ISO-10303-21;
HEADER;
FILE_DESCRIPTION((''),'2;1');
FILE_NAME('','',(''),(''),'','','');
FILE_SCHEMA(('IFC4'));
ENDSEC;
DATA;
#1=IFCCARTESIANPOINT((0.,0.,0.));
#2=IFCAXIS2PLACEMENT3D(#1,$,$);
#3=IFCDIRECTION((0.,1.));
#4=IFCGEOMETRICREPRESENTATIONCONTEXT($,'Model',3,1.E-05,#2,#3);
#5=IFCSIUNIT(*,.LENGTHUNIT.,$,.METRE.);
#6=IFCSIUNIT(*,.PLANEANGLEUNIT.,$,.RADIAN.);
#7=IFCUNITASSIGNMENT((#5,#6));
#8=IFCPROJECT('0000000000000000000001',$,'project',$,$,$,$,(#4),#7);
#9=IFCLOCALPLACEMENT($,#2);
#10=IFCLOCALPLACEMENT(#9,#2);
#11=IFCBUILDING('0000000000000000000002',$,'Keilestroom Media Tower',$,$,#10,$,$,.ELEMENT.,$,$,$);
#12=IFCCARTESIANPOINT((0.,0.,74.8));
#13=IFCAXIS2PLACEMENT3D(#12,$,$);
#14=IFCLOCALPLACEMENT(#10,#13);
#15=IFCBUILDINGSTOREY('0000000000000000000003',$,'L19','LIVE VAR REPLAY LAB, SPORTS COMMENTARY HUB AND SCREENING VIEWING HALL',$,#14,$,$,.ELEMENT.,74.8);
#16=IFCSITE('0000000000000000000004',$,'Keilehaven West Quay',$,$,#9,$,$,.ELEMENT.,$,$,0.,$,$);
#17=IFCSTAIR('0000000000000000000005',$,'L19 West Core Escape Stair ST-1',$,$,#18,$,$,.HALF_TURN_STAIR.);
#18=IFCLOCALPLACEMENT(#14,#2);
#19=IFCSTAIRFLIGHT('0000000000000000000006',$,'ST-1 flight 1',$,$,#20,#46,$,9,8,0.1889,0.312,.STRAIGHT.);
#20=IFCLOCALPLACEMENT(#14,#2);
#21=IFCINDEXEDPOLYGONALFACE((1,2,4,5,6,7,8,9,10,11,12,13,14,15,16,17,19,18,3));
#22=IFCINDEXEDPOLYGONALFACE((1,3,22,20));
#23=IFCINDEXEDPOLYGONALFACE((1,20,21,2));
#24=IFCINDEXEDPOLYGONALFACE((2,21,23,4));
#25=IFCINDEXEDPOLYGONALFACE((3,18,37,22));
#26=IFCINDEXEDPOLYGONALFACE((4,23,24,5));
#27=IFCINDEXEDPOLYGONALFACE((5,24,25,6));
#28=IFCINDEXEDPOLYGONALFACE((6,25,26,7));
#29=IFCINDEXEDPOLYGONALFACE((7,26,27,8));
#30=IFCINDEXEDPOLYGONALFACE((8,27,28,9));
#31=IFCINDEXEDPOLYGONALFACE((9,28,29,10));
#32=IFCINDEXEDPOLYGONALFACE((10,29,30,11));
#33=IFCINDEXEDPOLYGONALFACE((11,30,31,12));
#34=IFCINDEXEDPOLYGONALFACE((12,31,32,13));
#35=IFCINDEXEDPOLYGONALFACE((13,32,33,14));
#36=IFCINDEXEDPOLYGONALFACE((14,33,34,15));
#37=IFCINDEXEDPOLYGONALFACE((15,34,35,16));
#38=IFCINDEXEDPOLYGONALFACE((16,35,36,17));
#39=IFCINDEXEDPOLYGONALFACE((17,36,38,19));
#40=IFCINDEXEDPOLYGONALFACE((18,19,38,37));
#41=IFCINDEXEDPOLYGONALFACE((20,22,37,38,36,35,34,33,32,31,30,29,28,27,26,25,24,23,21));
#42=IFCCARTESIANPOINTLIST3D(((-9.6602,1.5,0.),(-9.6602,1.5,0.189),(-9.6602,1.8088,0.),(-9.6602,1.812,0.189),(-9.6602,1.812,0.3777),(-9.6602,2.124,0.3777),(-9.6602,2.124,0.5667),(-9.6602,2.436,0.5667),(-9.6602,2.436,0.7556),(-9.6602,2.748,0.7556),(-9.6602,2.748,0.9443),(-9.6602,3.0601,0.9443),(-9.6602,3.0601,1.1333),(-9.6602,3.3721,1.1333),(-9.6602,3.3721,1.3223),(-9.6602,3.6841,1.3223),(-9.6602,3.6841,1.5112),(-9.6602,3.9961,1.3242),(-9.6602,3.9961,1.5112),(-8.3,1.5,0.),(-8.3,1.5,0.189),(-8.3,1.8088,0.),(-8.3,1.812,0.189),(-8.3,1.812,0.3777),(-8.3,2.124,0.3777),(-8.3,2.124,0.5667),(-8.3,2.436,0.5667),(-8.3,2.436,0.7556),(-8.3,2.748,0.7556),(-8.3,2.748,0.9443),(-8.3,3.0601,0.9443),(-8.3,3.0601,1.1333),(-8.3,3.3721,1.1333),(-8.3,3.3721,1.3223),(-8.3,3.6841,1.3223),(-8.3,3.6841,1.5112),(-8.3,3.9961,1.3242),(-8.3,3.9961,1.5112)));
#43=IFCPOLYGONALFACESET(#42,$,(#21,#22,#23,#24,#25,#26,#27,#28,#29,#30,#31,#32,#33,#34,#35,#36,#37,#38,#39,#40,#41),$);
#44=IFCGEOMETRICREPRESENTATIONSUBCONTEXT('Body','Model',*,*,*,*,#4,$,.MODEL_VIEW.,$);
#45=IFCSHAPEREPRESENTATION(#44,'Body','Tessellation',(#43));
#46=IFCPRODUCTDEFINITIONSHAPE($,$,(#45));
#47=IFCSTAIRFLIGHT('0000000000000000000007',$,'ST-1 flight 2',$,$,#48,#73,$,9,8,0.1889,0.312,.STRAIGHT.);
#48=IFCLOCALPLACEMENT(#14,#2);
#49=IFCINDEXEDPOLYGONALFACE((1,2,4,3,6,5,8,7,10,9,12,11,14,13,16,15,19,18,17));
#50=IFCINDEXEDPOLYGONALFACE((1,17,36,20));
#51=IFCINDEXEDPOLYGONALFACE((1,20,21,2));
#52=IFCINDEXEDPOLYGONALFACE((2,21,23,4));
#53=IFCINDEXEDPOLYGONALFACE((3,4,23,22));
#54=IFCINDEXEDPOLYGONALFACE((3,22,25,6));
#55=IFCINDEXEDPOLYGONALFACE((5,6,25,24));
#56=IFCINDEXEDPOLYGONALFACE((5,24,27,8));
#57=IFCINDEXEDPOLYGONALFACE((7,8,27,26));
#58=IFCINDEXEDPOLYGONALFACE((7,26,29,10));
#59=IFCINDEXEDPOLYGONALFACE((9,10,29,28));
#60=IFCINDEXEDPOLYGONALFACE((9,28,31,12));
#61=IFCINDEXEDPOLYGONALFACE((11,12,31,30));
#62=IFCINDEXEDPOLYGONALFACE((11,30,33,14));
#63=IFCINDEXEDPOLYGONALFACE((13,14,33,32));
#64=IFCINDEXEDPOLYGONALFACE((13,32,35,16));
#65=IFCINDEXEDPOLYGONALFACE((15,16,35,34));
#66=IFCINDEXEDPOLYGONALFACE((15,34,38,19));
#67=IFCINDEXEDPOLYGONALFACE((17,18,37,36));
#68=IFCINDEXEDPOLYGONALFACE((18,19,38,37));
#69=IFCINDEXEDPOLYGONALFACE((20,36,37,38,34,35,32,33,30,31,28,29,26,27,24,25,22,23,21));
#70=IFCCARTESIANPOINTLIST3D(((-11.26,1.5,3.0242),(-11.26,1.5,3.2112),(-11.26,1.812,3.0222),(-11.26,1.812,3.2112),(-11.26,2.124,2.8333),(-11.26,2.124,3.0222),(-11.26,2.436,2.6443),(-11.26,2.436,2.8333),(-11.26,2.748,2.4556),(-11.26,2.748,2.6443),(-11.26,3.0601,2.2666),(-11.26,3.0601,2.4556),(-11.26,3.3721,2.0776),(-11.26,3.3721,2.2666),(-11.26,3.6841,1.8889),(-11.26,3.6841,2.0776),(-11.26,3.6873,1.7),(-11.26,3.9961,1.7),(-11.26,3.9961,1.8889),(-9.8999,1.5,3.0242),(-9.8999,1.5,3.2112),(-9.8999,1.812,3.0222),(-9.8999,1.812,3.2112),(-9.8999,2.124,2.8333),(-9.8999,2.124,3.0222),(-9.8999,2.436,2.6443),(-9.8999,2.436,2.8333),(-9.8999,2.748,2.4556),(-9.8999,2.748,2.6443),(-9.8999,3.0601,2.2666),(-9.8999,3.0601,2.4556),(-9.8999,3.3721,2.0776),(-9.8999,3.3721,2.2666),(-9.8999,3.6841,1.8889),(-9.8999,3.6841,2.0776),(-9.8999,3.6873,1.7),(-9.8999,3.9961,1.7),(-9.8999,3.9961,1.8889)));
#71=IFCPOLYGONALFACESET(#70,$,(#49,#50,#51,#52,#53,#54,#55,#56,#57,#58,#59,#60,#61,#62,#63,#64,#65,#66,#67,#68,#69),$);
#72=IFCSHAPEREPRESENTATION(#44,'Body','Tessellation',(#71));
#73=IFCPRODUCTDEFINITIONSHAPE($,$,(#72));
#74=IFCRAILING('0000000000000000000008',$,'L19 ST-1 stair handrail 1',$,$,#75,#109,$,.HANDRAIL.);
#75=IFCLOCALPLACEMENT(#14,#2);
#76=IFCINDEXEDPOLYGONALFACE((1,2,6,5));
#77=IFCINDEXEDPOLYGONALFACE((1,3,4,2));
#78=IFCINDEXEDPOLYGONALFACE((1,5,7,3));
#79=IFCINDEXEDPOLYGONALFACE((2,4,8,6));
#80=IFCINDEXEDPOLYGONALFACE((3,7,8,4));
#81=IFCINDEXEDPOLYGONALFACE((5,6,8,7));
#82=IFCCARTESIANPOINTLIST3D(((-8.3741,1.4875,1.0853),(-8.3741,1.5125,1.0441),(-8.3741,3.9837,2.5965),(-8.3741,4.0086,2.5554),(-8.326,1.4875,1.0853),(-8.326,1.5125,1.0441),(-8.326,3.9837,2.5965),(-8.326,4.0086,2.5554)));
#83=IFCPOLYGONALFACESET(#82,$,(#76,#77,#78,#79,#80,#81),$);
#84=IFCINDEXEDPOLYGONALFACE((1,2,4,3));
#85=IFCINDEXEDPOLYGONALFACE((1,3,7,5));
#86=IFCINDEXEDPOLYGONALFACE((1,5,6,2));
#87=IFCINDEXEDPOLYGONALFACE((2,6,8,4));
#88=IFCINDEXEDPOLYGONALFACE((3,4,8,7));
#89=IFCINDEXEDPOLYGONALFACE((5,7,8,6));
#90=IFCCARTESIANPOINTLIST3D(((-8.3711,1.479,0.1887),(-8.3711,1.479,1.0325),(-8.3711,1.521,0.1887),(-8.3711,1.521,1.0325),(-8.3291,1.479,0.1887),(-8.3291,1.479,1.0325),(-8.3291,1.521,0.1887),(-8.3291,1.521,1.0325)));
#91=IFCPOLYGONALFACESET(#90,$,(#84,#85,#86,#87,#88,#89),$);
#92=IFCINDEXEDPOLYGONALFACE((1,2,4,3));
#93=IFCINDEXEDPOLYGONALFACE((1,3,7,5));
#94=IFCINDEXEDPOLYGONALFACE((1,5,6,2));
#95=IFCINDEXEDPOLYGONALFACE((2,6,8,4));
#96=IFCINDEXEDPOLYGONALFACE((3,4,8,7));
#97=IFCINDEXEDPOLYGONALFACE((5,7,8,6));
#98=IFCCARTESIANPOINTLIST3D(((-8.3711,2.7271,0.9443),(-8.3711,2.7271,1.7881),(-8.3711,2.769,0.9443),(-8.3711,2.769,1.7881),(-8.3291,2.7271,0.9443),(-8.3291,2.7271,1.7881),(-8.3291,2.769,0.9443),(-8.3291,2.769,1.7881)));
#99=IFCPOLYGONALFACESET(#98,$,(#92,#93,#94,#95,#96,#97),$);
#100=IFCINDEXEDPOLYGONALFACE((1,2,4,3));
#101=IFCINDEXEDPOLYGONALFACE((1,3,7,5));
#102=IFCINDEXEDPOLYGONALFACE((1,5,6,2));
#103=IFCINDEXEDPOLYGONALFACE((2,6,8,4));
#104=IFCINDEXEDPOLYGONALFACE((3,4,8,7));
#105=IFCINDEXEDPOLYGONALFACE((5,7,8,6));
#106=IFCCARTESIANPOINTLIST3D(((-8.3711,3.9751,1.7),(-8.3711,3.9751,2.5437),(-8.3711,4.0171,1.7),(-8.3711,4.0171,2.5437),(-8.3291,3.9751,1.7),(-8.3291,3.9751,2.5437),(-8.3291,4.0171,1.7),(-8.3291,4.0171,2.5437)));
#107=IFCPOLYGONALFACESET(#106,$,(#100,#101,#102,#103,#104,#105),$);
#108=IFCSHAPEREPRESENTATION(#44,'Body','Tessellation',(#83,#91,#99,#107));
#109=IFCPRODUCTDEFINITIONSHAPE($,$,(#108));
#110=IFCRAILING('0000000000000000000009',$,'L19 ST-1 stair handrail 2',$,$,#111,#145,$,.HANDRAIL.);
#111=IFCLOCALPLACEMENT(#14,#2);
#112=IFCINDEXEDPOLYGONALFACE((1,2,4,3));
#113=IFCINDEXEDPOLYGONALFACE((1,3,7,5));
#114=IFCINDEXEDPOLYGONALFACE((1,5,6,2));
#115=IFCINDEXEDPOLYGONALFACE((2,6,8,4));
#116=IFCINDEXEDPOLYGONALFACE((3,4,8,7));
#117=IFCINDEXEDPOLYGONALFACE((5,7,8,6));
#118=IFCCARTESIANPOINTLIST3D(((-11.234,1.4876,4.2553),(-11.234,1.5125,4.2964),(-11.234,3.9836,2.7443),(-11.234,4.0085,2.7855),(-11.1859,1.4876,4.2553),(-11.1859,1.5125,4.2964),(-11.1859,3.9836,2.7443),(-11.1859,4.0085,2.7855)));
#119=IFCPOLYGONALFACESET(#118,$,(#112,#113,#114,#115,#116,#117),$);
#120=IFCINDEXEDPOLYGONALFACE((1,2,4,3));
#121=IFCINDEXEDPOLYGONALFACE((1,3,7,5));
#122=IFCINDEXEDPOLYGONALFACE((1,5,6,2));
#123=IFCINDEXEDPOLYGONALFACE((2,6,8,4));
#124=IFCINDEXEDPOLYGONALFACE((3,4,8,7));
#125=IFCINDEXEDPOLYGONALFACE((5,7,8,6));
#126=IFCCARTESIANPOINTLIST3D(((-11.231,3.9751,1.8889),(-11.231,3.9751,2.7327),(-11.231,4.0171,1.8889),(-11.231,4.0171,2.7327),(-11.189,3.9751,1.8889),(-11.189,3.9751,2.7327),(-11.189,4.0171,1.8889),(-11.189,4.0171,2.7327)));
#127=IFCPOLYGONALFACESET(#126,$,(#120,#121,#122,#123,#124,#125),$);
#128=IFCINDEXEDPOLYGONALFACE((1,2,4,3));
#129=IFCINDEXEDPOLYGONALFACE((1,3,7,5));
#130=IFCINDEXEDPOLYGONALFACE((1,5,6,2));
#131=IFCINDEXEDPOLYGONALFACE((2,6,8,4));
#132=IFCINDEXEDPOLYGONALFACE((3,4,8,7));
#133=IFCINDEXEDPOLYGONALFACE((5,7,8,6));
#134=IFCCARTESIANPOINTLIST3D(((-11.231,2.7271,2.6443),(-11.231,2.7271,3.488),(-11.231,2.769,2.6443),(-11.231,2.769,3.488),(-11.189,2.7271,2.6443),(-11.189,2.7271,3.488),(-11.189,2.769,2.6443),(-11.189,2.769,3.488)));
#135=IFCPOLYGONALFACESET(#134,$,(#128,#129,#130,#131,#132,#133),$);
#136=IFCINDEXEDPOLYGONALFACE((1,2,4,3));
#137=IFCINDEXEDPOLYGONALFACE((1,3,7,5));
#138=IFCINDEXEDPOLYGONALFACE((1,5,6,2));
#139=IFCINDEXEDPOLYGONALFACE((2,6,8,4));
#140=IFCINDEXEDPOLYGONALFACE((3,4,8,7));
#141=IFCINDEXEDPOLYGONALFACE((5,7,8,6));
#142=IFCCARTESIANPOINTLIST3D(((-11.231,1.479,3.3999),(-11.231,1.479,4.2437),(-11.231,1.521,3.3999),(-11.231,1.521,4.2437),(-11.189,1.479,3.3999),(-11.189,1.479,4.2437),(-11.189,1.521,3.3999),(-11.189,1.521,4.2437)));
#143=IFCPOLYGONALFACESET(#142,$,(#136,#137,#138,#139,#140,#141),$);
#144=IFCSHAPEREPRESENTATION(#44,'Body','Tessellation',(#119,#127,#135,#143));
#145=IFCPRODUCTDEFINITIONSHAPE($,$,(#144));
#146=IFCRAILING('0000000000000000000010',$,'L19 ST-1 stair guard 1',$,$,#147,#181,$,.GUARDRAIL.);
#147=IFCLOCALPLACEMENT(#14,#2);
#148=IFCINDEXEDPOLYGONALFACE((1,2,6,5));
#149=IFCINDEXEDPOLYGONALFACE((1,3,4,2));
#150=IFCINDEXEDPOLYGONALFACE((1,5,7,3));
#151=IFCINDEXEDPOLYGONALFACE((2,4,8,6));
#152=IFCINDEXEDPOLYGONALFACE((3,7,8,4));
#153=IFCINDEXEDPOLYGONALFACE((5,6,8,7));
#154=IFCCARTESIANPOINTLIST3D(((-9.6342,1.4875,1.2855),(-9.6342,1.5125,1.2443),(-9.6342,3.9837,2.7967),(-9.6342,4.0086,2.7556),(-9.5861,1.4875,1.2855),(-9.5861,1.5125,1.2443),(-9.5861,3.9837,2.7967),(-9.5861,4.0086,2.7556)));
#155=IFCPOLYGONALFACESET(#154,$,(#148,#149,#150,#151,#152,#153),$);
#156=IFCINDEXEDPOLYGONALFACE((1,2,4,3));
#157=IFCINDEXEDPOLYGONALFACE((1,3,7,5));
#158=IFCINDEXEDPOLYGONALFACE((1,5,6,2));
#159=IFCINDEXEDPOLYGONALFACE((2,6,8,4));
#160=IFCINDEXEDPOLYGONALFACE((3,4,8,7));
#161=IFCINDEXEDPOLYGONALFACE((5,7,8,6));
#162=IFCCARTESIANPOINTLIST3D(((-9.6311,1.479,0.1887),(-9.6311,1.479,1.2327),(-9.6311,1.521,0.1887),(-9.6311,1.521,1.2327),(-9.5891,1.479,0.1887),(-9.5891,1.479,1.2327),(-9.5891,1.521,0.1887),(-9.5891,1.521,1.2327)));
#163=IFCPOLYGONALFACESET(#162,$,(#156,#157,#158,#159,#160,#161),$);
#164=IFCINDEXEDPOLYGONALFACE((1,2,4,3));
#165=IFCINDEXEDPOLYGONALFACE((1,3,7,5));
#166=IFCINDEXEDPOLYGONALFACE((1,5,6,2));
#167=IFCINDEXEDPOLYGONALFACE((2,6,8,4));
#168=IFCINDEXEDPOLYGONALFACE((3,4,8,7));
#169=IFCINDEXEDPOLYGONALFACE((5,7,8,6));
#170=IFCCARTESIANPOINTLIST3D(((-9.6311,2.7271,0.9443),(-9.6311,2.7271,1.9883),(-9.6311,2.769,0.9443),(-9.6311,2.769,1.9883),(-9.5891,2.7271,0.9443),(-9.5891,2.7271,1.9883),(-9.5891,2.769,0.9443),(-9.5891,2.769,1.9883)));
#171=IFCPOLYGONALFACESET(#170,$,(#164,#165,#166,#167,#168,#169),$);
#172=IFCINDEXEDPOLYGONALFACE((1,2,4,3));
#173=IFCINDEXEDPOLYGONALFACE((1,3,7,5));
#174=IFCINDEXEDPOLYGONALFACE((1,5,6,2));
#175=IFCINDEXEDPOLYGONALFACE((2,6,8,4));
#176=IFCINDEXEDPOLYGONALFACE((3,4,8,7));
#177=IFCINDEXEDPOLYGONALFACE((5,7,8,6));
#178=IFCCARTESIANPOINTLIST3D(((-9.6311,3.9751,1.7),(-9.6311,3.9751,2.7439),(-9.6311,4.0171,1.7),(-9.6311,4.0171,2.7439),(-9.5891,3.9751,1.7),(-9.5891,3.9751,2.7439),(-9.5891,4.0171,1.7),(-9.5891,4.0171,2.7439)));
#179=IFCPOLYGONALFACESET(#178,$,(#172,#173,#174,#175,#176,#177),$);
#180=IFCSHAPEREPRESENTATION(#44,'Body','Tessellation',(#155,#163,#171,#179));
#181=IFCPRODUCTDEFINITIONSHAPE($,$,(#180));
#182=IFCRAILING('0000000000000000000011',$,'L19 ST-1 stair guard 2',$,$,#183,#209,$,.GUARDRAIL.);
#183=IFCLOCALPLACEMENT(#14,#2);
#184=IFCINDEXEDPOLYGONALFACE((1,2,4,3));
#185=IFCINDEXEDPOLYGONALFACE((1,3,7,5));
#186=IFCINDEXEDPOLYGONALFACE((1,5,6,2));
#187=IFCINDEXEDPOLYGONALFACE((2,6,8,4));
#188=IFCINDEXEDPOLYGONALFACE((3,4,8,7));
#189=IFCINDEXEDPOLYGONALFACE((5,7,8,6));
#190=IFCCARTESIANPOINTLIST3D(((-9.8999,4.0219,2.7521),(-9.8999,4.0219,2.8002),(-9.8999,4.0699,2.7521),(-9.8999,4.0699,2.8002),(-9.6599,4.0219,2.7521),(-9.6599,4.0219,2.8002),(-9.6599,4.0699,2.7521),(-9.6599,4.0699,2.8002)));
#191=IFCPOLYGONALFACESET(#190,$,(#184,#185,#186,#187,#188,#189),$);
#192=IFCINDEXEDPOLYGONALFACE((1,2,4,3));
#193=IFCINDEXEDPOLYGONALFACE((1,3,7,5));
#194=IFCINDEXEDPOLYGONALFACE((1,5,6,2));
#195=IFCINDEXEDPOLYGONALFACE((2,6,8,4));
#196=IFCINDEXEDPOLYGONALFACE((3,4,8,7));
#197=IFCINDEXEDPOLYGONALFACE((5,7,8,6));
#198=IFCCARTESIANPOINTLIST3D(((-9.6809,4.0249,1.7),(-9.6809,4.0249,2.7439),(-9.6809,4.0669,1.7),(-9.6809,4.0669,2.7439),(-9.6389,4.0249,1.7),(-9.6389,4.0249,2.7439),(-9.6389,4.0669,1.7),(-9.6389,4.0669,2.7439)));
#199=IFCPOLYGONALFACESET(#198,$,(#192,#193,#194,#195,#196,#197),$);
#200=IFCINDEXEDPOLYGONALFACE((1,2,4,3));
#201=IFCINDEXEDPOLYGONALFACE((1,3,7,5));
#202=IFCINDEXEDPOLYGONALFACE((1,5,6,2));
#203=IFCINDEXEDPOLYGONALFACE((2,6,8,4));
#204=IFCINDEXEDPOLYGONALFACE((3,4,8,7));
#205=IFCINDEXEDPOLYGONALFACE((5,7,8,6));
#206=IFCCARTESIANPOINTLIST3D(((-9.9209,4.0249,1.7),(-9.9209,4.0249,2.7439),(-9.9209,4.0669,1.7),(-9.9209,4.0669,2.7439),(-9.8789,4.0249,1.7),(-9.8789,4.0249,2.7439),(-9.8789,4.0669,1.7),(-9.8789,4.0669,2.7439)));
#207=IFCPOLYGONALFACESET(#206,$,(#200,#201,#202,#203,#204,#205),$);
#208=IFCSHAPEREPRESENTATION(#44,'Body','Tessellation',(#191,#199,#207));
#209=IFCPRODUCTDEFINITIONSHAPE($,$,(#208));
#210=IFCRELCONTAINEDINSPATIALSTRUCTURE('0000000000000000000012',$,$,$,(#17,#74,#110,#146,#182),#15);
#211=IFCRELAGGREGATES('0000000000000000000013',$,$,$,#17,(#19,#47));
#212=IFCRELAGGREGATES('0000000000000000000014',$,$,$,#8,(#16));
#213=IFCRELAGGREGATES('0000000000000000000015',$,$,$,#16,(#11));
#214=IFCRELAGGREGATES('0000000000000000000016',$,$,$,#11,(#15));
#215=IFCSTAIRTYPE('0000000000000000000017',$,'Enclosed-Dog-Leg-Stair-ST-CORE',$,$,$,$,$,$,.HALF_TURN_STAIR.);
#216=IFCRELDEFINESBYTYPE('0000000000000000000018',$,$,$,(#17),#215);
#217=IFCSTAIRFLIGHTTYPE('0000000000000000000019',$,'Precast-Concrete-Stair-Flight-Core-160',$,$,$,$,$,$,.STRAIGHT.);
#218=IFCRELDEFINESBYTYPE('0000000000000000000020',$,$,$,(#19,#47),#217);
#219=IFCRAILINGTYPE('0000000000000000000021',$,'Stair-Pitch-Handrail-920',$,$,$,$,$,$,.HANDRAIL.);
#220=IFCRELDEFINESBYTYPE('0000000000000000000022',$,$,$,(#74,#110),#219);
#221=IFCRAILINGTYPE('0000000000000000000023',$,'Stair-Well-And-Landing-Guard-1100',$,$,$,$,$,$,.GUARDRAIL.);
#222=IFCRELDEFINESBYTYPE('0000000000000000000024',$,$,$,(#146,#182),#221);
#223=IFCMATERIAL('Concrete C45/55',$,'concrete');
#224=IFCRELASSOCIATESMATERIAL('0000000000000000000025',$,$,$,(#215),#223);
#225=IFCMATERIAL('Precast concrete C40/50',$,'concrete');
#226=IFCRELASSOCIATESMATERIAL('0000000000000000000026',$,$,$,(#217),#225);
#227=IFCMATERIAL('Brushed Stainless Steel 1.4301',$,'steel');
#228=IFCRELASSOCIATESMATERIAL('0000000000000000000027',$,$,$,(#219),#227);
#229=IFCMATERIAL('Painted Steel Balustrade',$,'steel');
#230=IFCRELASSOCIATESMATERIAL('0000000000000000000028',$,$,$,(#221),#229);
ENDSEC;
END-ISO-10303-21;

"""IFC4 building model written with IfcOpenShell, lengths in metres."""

from ifc_helpers import new_model, si_unit, direction, frame, origin, origin_2d, place, context, subcontext, project, spatial, polyline, rectangle, outline, extrude, material, type_object, element, aggregate, save


model = new_model("IFC4")

# Units and contexts
model_context = context("Model", 3, precision=1e-05, world=origin(), true_north=direction((0.0, 1.0)))
body_context = subcontext(model_context, "Body", "Model", "MODEL_VIEW")
ifc_project = project(units=[si_unit("LENGTHUNIT", "METRE"), si_unit("PLANEANGLEUNIT", "RADIAN")], contexts=[model_context])

# Site, building, storey
site_placement = place(None, origin())
site = spatial("IfcSite", under=ifc_project, at=site_placement, Name="Keilehaven West Quay", CompositionType="ELEMENT", RefElevation=0.0)
building_placement = place(site_placement, origin())
building = spatial("IfcBuilding", under=site, at=building_placement, Name="Keilestroom Media Tower", CompositionType="ELEMENT")
storey_placement = place(building_placement, frame((0.0, 0.0, 74.8)))
storey = spatial("IfcBuildingStorey", under=building, at=storey_placement, Name="L19", Description="LIVE VAR REPLAY LAB, SPORTS COMMENTARY HUB AND SCREENING VIEWING HALL", CompositionType="ELEMENT", Elevation=74.8)

# Shared definitions
ifc_material_1 = material(Name="Precast concrete C40/50", Category="concrete")

# Stair, stair flights
ifc_material_2 = material(Name="Concrete C45/55", Category="concrete")
stair_type = type_object("IfcStairType", Name="Enclosed-Dog-Leg-Stair-ST-CORE", PredefinedType="HALF_TURN_STAIR", material=ifc_material_2)
stair_placement = place(storey_placement, origin())
stair = element("IfcStair", 1, at=stair_placement, inside=storey, type_object=stair_type, Name="L19 West Core Escape Stair ST-1", PredefinedType="HALF_TURN_STAIR")
stair_flight_type = type_object("IfcStairFlightType", Name="Precast-Concrete-Stair-Flight-Core-160", PredefinedType="STRAIGHT", material=ifc_material_1)
stair_flight_1_placement = place(storey_placement, frame((-8.98, 1.5, 0.0), z_axis=(0.0, 0.0, 1.0), x_axis=(0.0, 1.0, 0.0)))
stair_flight_1 = element("IfcStairFlight", 2, at=stair_flight_1_placement, type_object=stair_flight_type, Name="ST-1 flight 1", NumberOfRisers=9, NumberOfTreads=8, PredefinedType="STRAIGHT", RiserHeight=0.1889, TreadLength=0.312, context=body_context, shape_type="SweptSolid", body=[
    extrude(outline(polyline([(0.0, 0.0), (0.0, 0.189), (0.312, 0.189), (0.312, 0.3777), (0.624, 0.3777), (0.624, 0.5667), (0.936, 0.5667), (0.936, 0.7556), (1.248, 0.7556), (1.248, 0.9443), (1.5601, 0.9443), (1.5601, 1.1333), (1.8721, 1.1333), (1.8721, 1.3223), (2.1841, 1.3223), (2.1841, 1.5112), (2.4961, 1.5112), (2.4961, 1.7), (2.4961, 1.3242), (0.3088, 0.0), (0.0, 0.0)])), frame((0.0, 0.6802, 0.0), z_axis=(0.0, -1.0, 0.0), x_axis=(1.0, 0.0, 0.0)), (0.0, 0.0, 1.0), 1.3601),
])
stair_flight_2_placement = place(storey_placement, frame((-10.5801, 3.9961, 1.7), z_axis=(0.0, 0.0, 1.0), x_axis=(0.0, -1.0, 0.0)))
stair_flight_2 = element("IfcStairFlight", 3, at=stair_flight_2_placement, type_object=stair_flight_type, Name="ST-1 flight 2", NumberOfRisers=9, NumberOfTreads=8, PredefinedType="STRAIGHT", RiserHeight=0.1889, TreadLength=0.312, context=body_context, shape_type="SweptSolid", body=[
    extrude(outline(polyline([(0.0, 0.0), (0.0, 0.189), (0.312, 0.189), (0.312, 0.3777), (0.624, 0.3777), (0.624, 0.5667), (0.936, 0.5667), (0.936, 0.7556), (1.248, 0.7556), (1.248, 0.9443), (1.5601, 0.9443), (1.5601, 1.1333), (1.8721, 1.1333), (1.8721, 1.3223), (2.1841, 1.3223), (2.1841, 1.5112), (2.4961, 1.5112), (2.4961, 1.7), (2.4961, 1.3242), (0.3088, 0.0), (0.0, 0.0)])), frame((0.0, 0.6802, 0.0), z_axis=(0.0, -1.0, 0.0), x_axis=(1.0, 0.0, 0.0)), (0.0, 0.0, 1.0), 1.3601),
])
aggregate(stair, [stair_flight_1, stair_flight_2])

# Railings
ifc_material_3 = material(Name="Brushed Stainless Steel 1.4301", Category="steel")
railing_type_1 = type_object("IfcRailingType", Name="Stair-Pitch-Handrail-920", PredefinedType="HANDRAIL", material=ifc_material_3)
railing_1_placement = place(storey_placement, frame((-8.3501, 1.5, 0.1887)))
element("IfcRailing", 4, at=railing_1_placement, inside=storey, type_object=railing_type_1, Name="L19 ST-1 stair handrail 1", PredefinedType="HANDRAIL", context=body_context, shape_type="SweptSolid", body=[
    extrude(rectangle(XDim=0.0481, YDim=0.0481, at=origin_2d()), frame((0.0, 0.0, 0.876), z_axis=(0.0, 0.855434, 0.517912), x_axis=(-1.0, 0.0, 0.0)), (0.0, 0.0, 1.0), 2.918),
    extrude(rectangle(XDim=0.042, YDim=0.042, at=origin_2d()), origin(), (0.0, 0.0, 1.0), 0.8438),
    extrude(rectangle(XDim=0.042, YDim=0.042, at=origin_2d()), frame((0.0, 1.248, 0.7556)), (0.0, 0.0, 1.0), 0.8438),
    extrude(rectangle(XDim=0.042, YDim=0.042, at=origin_2d()), frame((0.0, 2.4961, 1.5112)), (0.0, 0.0, 1.0), 0.8438),
])
railing_2_placement = place(storey_placement, frame((-11.21, 3.9961, 1.8889)))
element("IfcRailing", 5, at=railing_2_placement, inside=storey, type_object=railing_type_1, Name="L19 ST-1 stair handrail 2", PredefinedType="HANDRAIL", context=body_context, shape_type="SweptSolid", body=[
    extrude(rectangle(XDim=0.0481, YDim=0.0481, at=origin_2d()), frame((0.0, 0.0, 0.876), z_axis=(0.0, -0.855471, 0.517851), x_axis=(1.0, 0.0, 0.0)), (0.0, 0.0, 1.0), 2.9177),
    extrude(rectangle(XDim=0.042, YDim=0.042, at=origin_2d()), origin(), (0.0, 0.0, 1.0), 0.8438),
    extrude(rectangle(XDim=0.042, YDim=0.042, at=origin_2d()), frame((0.0, -1.248, 0.7554)), (0.0, 0.0, 1.0), 0.8438),
    extrude(rectangle(XDim=0.042, YDim=0.042, at=origin_2d()), frame((0.0, -2.4961, 1.511)), (0.0, 0.0, 1.0), 0.8438),
])
ifc_material_4 = material(Name="Painted Steel Balustrade", Category="steel")
railing_type_2 = type_object("IfcRailingType", Name="Stair-Well-And-Landing-Guard-1100", PredefinedType="GUARDRAIL", material=ifc_material_4)
railing_3_placement = place(storey_placement, frame((-9.6101, 1.5, 0.1887)))
element("IfcRailing", 6, at=railing_3_placement, inside=storey, type_object=railing_type_2, Name="L19 ST-1 stair guard 1", PredefinedType="GUARDRAIL", context=body_context, shape_type="SweptSolid", body=[
    extrude(rectangle(XDim=0.0481, YDim=0.0481, at=origin_2d()), frame((0.0, 0.0, 1.0762), z_axis=(0.0, 0.855434, 0.517912), x_axis=(-1.0, 0.0, 0.0)), (0.0, 0.0, 1.0), 2.918),
    extrude(rectangle(XDim=0.042, YDim=0.042, at=origin_2d()), origin(), (0.0, 0.0, 1.0), 1.0439),
    extrude(rectangle(XDim=0.042, YDim=0.042, at=origin_2d()), frame((0.0, 1.248, 0.7556)), (0.0, 0.0, 1.0), 1.0439),
    extrude(rectangle(XDim=0.042, YDim=0.042, at=origin_2d()), frame((0.0, 2.4961, 1.5112)), (0.0, 0.0, 1.0), 1.0439),
])
railing_4_placement = place(storey_placement, frame((-9.6599, 4.0459, 1.7)))
element("IfcRailing", 7, at=railing_4_placement, inside=storey, type_object=railing_type_2, Name="L19 ST-1 stair guard 2", PredefinedType="GUARDRAIL", context=body_context, shape_type="SweptSolid", body=[
    extrude(rectangle(XDim=0.0481, YDim=0.0481, at=origin_2d()), frame((0.0, 0.0, 1.0762), z_axis=(-1.0, 0.0, 0.0), x_axis=(0.0, -1.0, 0.0)), (0.0, 0.0, 1.0), 0.24),
    extrude(rectangle(XDim=0.042, YDim=0.042, at=origin_2d()), origin(), (0.0, 0.0, 1.0), 1.0439),
    extrude(rectangle(XDim=0.042, YDim=0.042, at=origin_2d()), frame((-0.24, 0.0, 0.0)), (0.0, 0.0, 1.0), 1.0439),
])

save(model, "model.ifc")
